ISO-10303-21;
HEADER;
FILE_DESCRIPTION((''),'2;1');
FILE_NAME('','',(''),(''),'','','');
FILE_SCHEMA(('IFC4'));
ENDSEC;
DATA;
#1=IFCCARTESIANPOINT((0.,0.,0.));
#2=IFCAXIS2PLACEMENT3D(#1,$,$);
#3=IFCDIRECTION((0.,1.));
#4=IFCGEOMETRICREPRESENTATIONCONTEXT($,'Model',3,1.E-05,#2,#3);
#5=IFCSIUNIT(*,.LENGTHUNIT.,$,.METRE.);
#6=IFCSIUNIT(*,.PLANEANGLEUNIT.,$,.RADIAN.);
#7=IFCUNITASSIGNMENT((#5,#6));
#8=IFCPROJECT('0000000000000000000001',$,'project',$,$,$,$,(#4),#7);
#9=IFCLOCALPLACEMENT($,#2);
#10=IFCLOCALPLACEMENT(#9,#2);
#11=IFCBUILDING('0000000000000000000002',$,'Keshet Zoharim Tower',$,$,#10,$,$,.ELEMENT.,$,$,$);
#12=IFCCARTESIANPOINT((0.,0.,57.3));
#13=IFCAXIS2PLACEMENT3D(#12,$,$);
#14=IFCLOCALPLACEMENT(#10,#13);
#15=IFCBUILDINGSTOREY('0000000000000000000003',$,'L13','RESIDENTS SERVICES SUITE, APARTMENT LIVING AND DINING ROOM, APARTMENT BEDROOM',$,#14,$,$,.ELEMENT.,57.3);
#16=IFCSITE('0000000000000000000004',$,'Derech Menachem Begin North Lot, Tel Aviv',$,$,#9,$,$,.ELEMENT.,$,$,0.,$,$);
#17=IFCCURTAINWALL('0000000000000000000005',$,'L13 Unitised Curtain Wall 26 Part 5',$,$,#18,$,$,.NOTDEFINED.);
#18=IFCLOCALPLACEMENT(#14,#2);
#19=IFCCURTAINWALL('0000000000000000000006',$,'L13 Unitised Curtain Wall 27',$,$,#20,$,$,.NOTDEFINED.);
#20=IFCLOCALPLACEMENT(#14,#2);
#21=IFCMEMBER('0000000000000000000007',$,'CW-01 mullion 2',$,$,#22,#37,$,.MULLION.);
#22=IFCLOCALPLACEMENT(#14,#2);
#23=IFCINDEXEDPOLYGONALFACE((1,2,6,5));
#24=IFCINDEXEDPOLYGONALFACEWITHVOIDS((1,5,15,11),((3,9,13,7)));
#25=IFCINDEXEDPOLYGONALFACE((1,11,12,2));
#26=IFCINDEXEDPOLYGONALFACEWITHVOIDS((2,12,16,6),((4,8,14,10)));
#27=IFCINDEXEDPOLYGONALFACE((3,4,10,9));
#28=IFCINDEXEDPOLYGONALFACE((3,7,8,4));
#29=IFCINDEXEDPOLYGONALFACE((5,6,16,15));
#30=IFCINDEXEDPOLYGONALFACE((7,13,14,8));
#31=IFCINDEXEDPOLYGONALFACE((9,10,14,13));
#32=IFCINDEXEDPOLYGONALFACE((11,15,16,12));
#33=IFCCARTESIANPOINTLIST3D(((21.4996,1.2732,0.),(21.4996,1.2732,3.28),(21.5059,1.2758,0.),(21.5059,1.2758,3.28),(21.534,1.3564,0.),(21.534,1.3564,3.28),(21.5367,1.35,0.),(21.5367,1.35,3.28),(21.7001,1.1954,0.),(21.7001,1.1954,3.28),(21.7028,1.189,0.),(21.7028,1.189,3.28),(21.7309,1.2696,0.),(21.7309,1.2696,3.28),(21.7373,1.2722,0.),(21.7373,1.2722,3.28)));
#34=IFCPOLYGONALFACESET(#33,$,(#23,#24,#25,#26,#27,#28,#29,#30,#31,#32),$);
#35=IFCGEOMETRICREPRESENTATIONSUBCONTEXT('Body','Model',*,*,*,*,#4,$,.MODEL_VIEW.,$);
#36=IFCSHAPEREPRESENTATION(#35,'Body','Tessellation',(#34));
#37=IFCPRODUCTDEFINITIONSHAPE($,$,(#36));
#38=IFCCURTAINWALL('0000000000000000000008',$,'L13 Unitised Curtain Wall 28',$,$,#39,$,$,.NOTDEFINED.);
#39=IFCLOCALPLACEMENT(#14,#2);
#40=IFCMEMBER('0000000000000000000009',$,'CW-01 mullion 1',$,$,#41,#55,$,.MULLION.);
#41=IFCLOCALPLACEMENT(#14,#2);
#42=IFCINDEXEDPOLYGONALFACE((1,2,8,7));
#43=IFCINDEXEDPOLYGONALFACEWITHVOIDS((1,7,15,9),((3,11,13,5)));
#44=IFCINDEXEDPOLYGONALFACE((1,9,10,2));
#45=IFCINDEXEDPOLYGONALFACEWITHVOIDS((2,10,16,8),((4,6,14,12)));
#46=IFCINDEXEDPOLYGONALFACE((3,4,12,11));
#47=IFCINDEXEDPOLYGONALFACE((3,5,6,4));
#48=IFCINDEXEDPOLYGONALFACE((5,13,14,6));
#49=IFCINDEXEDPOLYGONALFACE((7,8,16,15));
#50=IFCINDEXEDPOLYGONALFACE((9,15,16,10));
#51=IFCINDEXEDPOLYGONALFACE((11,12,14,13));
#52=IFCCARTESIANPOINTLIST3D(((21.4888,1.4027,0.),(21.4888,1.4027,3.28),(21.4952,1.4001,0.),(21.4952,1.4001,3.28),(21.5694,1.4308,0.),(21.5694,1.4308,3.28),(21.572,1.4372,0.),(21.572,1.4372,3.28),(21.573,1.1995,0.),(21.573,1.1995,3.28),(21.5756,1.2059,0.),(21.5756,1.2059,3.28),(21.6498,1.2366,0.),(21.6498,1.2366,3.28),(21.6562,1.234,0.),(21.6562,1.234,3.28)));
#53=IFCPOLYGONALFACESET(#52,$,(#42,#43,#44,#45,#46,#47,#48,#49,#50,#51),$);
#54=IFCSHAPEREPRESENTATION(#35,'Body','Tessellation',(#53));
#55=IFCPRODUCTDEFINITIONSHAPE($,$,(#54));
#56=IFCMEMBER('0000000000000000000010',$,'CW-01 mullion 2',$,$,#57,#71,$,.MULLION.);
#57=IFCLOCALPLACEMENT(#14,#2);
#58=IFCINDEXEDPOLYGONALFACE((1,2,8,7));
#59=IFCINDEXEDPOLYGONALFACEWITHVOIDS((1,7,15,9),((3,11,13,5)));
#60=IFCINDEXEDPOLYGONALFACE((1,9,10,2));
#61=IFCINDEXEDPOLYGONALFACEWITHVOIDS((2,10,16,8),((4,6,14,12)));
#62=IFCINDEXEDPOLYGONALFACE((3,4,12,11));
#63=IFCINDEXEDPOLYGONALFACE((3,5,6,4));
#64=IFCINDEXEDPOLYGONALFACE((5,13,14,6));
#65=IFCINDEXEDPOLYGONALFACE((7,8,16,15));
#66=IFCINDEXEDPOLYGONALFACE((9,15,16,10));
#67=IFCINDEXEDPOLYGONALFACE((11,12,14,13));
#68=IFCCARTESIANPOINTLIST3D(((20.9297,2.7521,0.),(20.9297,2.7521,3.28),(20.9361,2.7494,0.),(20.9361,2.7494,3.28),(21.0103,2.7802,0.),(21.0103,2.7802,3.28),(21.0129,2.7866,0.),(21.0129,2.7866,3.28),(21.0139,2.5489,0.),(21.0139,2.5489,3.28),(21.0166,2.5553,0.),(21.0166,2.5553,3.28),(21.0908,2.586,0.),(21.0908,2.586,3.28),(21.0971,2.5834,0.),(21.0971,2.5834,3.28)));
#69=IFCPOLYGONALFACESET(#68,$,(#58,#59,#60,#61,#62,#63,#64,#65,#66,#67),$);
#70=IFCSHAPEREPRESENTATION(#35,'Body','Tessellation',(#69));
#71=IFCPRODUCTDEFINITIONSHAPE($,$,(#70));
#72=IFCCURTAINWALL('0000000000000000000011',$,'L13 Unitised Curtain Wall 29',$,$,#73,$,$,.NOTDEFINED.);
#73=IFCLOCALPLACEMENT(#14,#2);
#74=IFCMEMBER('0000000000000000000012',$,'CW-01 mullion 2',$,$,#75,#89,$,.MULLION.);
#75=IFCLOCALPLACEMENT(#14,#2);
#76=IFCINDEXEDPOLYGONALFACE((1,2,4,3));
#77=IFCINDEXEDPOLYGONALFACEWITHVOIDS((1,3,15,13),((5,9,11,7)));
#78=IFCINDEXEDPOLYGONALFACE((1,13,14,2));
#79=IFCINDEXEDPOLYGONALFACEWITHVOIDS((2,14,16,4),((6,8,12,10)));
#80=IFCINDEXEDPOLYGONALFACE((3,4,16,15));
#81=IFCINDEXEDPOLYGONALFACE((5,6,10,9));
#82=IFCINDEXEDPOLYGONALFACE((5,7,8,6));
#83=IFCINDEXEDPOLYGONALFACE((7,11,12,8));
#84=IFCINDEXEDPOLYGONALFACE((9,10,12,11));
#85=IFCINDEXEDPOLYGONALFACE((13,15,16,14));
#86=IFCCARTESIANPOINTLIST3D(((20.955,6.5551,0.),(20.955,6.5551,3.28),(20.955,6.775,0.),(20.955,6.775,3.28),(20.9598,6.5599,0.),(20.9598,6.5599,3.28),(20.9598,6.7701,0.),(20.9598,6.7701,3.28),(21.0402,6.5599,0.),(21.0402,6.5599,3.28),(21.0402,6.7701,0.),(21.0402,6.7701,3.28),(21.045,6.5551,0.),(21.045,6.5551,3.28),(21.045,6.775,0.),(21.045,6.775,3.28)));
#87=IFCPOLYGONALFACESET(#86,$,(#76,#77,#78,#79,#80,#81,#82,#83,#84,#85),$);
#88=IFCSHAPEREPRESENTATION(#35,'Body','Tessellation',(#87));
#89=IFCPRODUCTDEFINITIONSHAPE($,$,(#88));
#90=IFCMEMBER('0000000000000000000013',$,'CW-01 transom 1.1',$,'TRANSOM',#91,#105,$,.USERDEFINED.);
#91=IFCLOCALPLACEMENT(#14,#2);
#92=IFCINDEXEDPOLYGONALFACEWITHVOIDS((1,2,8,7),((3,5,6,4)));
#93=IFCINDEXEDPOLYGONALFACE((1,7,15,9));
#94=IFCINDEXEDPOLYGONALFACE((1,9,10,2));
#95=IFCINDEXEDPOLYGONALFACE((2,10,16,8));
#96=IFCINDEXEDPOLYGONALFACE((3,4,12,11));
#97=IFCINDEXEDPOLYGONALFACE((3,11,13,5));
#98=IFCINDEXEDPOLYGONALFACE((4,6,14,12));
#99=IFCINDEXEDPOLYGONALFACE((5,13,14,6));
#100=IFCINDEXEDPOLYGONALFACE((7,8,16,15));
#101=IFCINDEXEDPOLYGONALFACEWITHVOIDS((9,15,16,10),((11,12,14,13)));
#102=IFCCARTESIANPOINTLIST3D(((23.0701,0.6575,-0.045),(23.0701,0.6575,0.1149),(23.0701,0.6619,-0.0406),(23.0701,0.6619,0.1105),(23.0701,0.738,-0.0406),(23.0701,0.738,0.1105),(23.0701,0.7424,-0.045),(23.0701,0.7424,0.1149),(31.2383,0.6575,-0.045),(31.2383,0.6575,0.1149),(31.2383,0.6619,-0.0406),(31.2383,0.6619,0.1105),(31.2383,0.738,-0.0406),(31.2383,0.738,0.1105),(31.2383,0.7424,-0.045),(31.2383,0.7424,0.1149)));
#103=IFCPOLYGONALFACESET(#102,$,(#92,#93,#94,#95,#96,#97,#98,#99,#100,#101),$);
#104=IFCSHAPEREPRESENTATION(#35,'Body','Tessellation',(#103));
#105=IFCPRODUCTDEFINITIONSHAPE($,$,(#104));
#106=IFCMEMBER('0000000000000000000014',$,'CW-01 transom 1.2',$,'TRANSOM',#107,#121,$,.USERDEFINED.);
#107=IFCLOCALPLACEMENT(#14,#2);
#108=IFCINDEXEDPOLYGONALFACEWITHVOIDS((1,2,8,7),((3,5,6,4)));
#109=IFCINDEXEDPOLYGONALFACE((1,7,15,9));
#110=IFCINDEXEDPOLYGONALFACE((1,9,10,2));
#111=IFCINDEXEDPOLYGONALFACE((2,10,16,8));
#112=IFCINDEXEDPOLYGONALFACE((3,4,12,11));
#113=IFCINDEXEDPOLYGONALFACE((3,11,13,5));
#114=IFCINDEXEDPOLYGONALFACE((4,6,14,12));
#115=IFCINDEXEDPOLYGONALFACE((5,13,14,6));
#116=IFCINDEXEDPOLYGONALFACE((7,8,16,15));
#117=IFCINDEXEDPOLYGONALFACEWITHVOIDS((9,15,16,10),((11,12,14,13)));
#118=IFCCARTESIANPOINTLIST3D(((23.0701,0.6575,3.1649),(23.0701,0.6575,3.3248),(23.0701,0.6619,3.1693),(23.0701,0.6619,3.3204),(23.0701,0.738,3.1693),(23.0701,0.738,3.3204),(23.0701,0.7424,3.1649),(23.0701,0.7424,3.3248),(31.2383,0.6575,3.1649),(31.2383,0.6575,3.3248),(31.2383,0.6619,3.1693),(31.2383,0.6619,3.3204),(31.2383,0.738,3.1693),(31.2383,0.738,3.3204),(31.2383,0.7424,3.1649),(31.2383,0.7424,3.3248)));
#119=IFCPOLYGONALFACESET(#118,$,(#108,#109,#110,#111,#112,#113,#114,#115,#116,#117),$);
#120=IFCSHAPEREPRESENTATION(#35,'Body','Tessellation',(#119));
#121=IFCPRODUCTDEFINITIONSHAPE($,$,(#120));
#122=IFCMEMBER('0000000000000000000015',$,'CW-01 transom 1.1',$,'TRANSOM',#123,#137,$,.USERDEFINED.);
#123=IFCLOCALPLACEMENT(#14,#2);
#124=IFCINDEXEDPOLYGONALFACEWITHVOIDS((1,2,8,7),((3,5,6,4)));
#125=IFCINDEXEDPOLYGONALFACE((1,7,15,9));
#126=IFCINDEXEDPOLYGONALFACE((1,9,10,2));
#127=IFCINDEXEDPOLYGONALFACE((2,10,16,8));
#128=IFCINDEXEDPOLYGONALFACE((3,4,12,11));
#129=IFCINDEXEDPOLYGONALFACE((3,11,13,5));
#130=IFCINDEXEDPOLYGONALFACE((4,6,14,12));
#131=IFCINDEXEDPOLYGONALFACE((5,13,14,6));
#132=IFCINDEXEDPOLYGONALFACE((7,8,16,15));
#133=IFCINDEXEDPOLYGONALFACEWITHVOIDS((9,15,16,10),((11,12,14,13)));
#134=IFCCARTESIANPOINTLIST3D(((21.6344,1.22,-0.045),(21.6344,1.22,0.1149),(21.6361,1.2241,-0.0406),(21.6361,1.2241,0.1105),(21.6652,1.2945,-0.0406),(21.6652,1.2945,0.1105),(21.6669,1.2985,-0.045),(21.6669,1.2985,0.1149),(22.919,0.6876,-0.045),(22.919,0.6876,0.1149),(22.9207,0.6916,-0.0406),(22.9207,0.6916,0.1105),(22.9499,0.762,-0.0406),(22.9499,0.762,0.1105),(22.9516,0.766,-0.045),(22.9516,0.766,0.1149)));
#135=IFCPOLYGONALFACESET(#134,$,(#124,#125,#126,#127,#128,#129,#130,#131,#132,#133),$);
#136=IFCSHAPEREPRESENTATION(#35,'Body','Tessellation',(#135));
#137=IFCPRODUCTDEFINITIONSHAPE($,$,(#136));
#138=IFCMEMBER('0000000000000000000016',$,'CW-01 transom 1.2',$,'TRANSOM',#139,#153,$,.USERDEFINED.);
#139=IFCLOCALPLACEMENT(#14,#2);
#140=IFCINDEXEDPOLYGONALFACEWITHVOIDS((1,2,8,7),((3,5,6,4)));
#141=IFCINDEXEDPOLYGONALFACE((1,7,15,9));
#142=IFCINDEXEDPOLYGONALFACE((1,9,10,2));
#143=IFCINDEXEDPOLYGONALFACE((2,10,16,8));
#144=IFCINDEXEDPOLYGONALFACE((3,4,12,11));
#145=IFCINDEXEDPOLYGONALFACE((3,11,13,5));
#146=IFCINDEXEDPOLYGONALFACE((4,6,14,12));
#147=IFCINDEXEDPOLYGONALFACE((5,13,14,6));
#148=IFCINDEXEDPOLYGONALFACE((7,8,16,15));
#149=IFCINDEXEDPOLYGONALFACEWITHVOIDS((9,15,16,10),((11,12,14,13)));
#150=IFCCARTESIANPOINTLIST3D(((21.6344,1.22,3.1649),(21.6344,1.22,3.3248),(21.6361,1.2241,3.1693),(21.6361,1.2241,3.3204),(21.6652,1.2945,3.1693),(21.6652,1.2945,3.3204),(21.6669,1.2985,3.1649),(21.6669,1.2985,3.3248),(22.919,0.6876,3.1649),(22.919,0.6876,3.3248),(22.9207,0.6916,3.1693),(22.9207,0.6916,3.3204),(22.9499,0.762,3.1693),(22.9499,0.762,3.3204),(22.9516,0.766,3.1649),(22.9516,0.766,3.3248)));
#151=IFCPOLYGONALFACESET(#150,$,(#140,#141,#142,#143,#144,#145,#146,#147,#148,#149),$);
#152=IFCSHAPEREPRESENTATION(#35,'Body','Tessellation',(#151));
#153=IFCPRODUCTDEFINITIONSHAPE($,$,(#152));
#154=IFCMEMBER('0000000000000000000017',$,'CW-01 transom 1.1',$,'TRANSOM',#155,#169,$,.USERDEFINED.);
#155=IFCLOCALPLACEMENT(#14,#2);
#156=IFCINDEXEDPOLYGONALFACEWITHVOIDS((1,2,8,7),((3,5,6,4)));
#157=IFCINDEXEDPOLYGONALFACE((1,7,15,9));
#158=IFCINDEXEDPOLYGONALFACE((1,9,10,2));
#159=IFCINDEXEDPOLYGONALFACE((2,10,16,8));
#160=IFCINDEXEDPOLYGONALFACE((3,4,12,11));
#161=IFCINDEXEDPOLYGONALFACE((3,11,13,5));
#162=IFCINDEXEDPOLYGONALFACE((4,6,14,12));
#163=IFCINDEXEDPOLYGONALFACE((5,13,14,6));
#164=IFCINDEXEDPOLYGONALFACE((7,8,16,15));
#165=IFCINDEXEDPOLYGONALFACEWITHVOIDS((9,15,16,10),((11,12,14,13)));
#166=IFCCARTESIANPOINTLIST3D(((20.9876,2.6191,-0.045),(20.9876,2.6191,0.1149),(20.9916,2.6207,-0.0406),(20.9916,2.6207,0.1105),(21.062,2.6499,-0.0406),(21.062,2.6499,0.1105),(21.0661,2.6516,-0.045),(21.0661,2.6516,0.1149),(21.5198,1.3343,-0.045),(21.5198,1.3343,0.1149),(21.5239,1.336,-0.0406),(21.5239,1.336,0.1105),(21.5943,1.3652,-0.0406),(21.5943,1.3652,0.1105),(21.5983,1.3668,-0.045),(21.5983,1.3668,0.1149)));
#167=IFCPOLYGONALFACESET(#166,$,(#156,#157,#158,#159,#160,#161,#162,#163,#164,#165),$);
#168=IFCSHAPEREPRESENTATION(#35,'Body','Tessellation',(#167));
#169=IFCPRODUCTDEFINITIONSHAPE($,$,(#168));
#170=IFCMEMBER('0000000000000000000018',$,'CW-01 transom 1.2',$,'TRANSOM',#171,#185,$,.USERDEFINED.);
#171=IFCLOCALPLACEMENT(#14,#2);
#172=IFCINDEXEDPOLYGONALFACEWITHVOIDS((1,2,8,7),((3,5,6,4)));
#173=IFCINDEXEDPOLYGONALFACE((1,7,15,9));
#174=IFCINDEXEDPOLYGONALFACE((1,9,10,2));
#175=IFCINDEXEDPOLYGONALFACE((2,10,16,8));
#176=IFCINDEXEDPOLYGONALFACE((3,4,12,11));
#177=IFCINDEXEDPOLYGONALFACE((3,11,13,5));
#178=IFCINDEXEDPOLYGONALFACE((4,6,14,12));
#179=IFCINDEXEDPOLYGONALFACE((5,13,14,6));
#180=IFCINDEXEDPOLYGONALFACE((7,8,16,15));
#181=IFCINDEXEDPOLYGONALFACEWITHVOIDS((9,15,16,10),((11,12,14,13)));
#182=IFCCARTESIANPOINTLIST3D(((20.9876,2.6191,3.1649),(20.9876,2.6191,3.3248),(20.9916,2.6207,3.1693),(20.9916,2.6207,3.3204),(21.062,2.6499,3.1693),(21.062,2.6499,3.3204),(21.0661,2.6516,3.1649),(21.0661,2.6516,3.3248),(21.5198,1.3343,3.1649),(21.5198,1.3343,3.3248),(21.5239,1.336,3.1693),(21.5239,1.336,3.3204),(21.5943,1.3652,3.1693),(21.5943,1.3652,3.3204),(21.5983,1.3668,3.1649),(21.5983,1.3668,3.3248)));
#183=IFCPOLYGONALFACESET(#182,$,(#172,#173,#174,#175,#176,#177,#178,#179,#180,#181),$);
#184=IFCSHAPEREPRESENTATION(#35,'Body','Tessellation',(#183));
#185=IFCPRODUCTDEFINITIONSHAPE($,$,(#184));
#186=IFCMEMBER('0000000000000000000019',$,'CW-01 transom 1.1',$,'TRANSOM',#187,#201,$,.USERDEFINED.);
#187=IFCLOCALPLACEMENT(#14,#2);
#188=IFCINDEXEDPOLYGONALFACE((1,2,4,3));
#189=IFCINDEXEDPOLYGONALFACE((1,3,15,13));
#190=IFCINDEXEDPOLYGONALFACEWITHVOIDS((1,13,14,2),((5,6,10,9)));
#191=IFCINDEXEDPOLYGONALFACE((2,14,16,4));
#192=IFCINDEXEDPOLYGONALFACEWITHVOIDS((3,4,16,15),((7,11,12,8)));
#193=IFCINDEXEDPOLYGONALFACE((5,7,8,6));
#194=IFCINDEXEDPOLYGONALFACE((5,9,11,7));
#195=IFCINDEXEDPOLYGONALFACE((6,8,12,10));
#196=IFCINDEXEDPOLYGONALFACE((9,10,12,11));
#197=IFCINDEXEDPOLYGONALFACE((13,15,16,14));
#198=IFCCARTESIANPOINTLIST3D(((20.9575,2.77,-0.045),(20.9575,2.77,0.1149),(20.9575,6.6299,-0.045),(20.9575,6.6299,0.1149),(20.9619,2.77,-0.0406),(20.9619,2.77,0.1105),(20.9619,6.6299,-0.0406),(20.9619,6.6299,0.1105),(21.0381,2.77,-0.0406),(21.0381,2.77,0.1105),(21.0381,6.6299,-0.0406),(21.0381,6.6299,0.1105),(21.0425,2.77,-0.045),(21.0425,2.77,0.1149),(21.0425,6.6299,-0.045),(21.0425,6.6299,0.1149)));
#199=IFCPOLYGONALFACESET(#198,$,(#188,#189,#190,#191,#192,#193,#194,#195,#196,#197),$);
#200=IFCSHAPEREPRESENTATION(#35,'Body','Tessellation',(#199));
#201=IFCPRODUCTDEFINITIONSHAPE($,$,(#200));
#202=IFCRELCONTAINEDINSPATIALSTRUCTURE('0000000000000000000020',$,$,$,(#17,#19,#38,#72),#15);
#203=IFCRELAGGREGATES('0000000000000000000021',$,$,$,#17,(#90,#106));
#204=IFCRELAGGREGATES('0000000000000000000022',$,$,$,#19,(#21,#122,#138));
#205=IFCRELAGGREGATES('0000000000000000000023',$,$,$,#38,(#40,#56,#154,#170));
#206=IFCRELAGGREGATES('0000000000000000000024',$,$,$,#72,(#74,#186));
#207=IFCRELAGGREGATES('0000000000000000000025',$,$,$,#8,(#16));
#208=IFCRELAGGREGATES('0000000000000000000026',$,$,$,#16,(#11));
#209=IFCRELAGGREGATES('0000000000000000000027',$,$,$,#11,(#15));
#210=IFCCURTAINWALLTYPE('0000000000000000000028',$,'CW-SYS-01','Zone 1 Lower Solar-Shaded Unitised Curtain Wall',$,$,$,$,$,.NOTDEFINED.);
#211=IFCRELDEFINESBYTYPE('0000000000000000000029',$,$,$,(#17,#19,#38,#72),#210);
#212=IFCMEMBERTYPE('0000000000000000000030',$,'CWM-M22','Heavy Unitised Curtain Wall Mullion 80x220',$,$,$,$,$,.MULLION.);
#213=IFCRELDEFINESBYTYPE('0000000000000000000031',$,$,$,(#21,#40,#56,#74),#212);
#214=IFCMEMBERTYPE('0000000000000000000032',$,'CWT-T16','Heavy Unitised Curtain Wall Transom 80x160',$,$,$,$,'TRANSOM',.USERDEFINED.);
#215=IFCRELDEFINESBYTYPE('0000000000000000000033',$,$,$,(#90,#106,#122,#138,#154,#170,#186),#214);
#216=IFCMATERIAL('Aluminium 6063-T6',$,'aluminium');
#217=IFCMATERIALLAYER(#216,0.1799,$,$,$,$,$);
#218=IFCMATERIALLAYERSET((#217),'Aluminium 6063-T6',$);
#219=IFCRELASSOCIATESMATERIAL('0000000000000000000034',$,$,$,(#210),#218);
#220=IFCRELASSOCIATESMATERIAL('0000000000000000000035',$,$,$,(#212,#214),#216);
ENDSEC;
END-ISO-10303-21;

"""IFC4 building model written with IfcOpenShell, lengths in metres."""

from ifc_helpers import new_model, si_unit, direction, frame, origin, origin_2d, place, context, subcontext, project, spatial, hollow_rectangle, extrude, material, layer, layer_set, material_profile, profile_set, type_object, element, aggregate, save


model = new_model("IFC4")

# Units and contexts
model_context = context("Model", 3, precision=1e-05, world=origin(), true_north=direction((0.0, 1.0)))
body_context = subcontext(model_context, "Body", "Model", "MODEL_VIEW")
ifc_project = project(units=[si_unit("LENGTHUNIT", "METRE"), si_unit("PLANEANGLEUNIT", "RADIAN")], contexts=[model_context])

# Site, building, storey
site_placement = place(None, origin())
site = spatial("IfcSite", under=ifc_project, at=site_placement, Name="Derech Menachem Begin North Lot, Tel Aviv", CompositionType="ELEMENT", RefElevation=0.0)
building_placement = place(site_placement, origin())
building = spatial("IfcBuilding", under=site, at=building_placement, Name="Keshet Zoharim Tower", CompositionType="ELEMENT")
storey_placement = place(building_placement, frame((0.0, 0.0, 57.3)))
storey = spatial("IfcBuildingStorey", under=building, at=storey_placement, Name="L13", Description="RESIDENTS SERVICES SUITE, APARTMENT LIVING AND DINING ROOM, APARTMENT BEDROOM", CompositionType="ELEMENT", Elevation=57.3)

# Curtain wall
ifc_material_1 = material(Name="Aluminium 6063-T6", Category="aluminium")
ifc_layer_1 = layer(ifc_material_1, 0.1799)
ifc_layer_set_1 = layer_set([ifc_layer_1], Name="Aluminium 6063-T6")
curtain_wall_type = type_object("IfcCurtainWallType", Name="CW-SYS-01", Description="Zone 1 Lower Solar-Shaded Unitised Curtain Wall", PredefinedType="NOTDEFINED", material=ifc_layer_set_1)
ifc_material_profile_1 = material_profile(ifc_material_1, hollow_rectangle(XDim=0.0901, YDim=0.22, WallThickness=0.0049, at=origin_2d()), Name="MUL-90x220")
ifc_profile_set_1 = profile_set([ifc_material_profile_1], Name="Aluminium 6063-T6")
member_type_1 = type_object("IfcMemberType", Name="CWM-M22", Description="Heavy Unitised Curtain Wall Mullion 80x220", PredefinedType="MULLION", material=ifc_profile_set_1)
curtain_wall_1_placement = place(storey_placement, origin())
curtain_wall_1 = element("IfcCurtainWall", 1, at=curtain_wall_1_placement, inside=storey, type_object=curtain_wall_type, Name="L13 Unitised Curtain Wall 26 Part 5", PredefinedType="NOTDEFINED")

# Curtain walls, members
curtain_wall_2_placement = place(storey_placement, origin())
curtain_wall_2 = element("IfcCurtainWall", 2, at=curtain_wall_2_placement, inside=storey, type_object=curtain_wall_type, Name="L13 Unitised Curtain Wall 27", PredefinedType="NOTDEFINED")
member_1_placement = place(storey_placement, frame((21.6184, 1.2727, 0.0), z_axis=(0.0, 0.0, 1.0), x_axis=(-0.382852, -0.92381, 0.0)))
member_1 = element("IfcMember", 3, at=member_1_placement, type_object=member_type_1, Name="CW-01 mullion 2", PredefinedType="MULLION", context=body_context, shape_type="SweptSolid", body=[
    extrude(hollow_rectangle(XDim=0.0901, YDim=0.22, WallThickness=0.0049, at=origin_2d()), origin(), (0.0, 0.0, 1.0), 3.28),
])
curtain_wall_3_placement = place(storey_placement, origin())
curtain_wall_3 = element("IfcCurtainWall", 4, at=curtain_wall_3_placement, inside=storey, type_object=curtain_wall_type, Name="L13 Unitised Curtain Wall 28", PredefinedType="NOTDEFINED")
member_2_placement = place(storey_placement, frame((21.5725, 1.3184, 0.0), z_axis=(0.0, 0.0, 1.0), x_axis=(-0.92381, -0.382852, 0.0)))
member_2 = element("IfcMember", 5, at=member_2_placement, type_object=member_type_1, Name="CW-01 mullion 1", PredefinedType="MULLION", context=body_context, shape_type="SweptSolid", body=[
    extrude(hollow_rectangle(XDim=0.0901, YDim=0.22, WallThickness=0.0049, at=origin_2d()), origin(), (0.0, 0.0, 1.0), 3.28),
])
member_3_placement = place(storey_placement, frame((21.0134, 2.6677, 0.0), z_axis=(0.0, 0.0, 1.0), x_axis=(-0.92381, -0.382852, 0.0)))
member_3 = element("IfcMember", 6, at=member_3_placement, type_object=member_type_1, Name="CW-01 mullion 2", PredefinedType="MULLION", context=body_context, shape_type="SweptSolid", body=[
    extrude(hollow_rectangle(XDim=0.0901, YDim=0.22, WallThickness=0.0049, at=origin_2d()), origin(), (0.0, 0.0, 1.0), 3.28),
])

# Curtain wall, member
curtain_wall_4_placement = place(storey_placement, origin())
curtain_wall_4 = element("IfcCurtainWall", 7, at=curtain_wall_4_placement, inside=storey, type_object=curtain_wall_type, Name="L13 Unitised Curtain Wall 29", PredefinedType="NOTDEFINED")
member_4_placement = place(storey_placement, frame((21.0, 6.665, 0.0), z_axis=(0.0, 0.0, 1.0), x_axis=(-1.0, 0.0, 0.0)))
member_4 = element("IfcMember", 8, at=member_4_placement, type_object=member_type_1, Name="CW-01 mullion 2", PredefinedType="MULLION", context=body_context, shape_type="SweptSolid", body=[
    extrude(hollow_rectangle(XDim=0.0901, YDim=0.22, WallThickness=0.0049, at=origin_2d()), origin(), (0.0, 0.0, 1.0), 3.28),
])

# Members
ifc_material_profile_2 = material_profile(ifc_material_1, hollow_rectangle(XDim=0.085, YDim=0.1599, WallThickness=0.0044, at=origin_2d()), Name="TRN-85x160")
ifc_profile_set_2 = profile_set([ifc_material_profile_2], Name="Aluminium 6063-T6")
member_type_2 = type_object("IfcMemberType", Name="CWT-T16", Description="Heavy Unitised Curtain Wall Transom 80x160", ElementType="TRANSOM", PredefinedType="USERDEFINED", material=ifc_profile_set_2)
member_5_placement = place(storey_placement, frame((31.2383, 0.7, 0.0349), z_axis=(-1.0, 0.0, 0.0), x_axis=(0.0, -1.0, 0.0)))
member_5 = element("IfcMember", 9, at=member_5_placement, type_object=member_type_2, Name="CW-01 transom 1.1", ObjectType="TRANSOM", PredefinedType="USERDEFINED", context=body_context, shape_type="SweptSolid", body=[
    extrude(hollow_rectangle(XDim=0.085, YDim=0.1599, WallThickness=0.0044, at=origin_2d()), origin(), (0.0, 0.0, 1.0), 8.1682),
])
member_6_placement = place(storey_placement, frame((31.2383, 0.7, 3.2449), z_axis=(-1.0, 0.0, 0.0), x_axis=(0.0, -1.0, 0.0)))
member_6 = element("IfcMember", 10, at=member_6_placement, type_object=member_type_2, Name="CW-01 transom 1.2", ObjectType="TRANSOM", PredefinedType="USERDEFINED", context=body_context, shape_type="SweptSolid", body=[
    extrude(hollow_rectangle(XDim=0.085, YDim=0.1599, WallThickness=0.0044, at=origin_2d()), origin(), (0.0, 0.0, 1.0), 8.1682),
])
member_7_placement = place(storey_placement, frame((22.9353, 0.7268, 0.0349), z_axis=(-0.923792, 0.382894, 0.0), x_axis=(-0.382894, -0.923792, 0.0)))
member_7 = element("IfcMember", 11, at=member_7_placement, type_object=member_type_2, Name="CW-01 transom 1.1", ObjectType="TRANSOM", PredefinedType="USERDEFINED", context=body_context, shape_type="SweptSolid", body=[
    extrude(hollow_rectangle(XDim=0.085, YDim=0.1599, WallThickness=0.0044, at=origin_2d()), origin(), (0.0, 0.0, 1.0), 1.3906),
])
member_8_placement = place(storey_placement, frame((22.9353, 0.7268, 3.2449), z_axis=(-0.923792, 0.382894, 0.0), x_axis=(-0.382894, -0.923792, 0.0)))
member_8 = element("IfcMember", 12, at=member_8_placement, type_object=member_type_2, Name="CW-01 transom 1.2", ObjectType="TRANSOM", PredefinedType="USERDEFINED", context=body_context, shape_type="SweptSolid", body=[
    extrude(hollow_rectangle(XDim=0.085, YDim=0.1599, WallThickness=0.0044, at=origin_2d()), origin(), (0.0, 0.0, 1.0), 1.3906),
])
member_9_placement = place(storey_placement, frame((21.5591, 1.3506, 0.0349), z_axis=(-0.382745, 0.923854, 0.0), x_axis=(-0.923854, -0.382745, 0.0)))
member_9 = element("IfcMember", 13, at=member_9_placement, type_object=member_type_2, Name="CW-01 transom 1.1", ObjectType="TRANSOM", PredefinedType="USERDEFINED", context=body_context, shape_type="SweptSolid", body=[
    extrude(hollow_rectangle(XDim=0.085, YDim=0.1599, WallThickness=0.0044, at=origin_2d()), origin(), (0.0, 0.0, 1.0), 1.3906),
])
member_10_placement = place(storey_placement, frame((21.5591, 1.3506, 3.2449), z_axis=(-0.382745, 0.923854, 0.0), x_axis=(-0.923854, -0.382745, 0.0)))
member_10 = element("IfcMember", 14, at=member_10_placement, type_object=member_type_2, Name="CW-01 transom 1.2", ObjectType="TRANSOM", PredefinedType="USERDEFINED", context=body_context, shape_type="SweptSolid", body=[
    extrude(hollow_rectangle(XDim=0.085, YDim=0.1599, WallThickness=0.0044, at=origin_2d()), origin(), (0.0, 0.0, 1.0), 1.3906),
])
member_11_placement = place(storey_placement, frame((21.0, 2.77, 0.0349), z_axis=(0.0, 1.0, 0.0), x_axis=(-1.0, 0.0, 0.0)))
member_11 = element("IfcMember", 15, at=member_11_placement, type_object=member_type_2, Name="CW-01 transom 1.1", ObjectType="TRANSOM", PredefinedType="USERDEFINED", context=body_context, shape_type="SweptSolid", body=[
    extrude(hollow_rectangle(XDim=0.085, YDim=0.1599, WallThickness=0.0044, at=origin_2d()), origin(), (0.0, 0.0, 1.0), 3.8599),
])

aggregate(curtain_wall_1, [member_5, member_6])
aggregate(curtain_wall_2, [member_1, member_7, member_8])
aggregate(curtain_wall_3, [member_2, member_3, member_9, member_10])
aggregate(curtain_wall_4, [member_4, member_11])

save(model, "model.ifc")
